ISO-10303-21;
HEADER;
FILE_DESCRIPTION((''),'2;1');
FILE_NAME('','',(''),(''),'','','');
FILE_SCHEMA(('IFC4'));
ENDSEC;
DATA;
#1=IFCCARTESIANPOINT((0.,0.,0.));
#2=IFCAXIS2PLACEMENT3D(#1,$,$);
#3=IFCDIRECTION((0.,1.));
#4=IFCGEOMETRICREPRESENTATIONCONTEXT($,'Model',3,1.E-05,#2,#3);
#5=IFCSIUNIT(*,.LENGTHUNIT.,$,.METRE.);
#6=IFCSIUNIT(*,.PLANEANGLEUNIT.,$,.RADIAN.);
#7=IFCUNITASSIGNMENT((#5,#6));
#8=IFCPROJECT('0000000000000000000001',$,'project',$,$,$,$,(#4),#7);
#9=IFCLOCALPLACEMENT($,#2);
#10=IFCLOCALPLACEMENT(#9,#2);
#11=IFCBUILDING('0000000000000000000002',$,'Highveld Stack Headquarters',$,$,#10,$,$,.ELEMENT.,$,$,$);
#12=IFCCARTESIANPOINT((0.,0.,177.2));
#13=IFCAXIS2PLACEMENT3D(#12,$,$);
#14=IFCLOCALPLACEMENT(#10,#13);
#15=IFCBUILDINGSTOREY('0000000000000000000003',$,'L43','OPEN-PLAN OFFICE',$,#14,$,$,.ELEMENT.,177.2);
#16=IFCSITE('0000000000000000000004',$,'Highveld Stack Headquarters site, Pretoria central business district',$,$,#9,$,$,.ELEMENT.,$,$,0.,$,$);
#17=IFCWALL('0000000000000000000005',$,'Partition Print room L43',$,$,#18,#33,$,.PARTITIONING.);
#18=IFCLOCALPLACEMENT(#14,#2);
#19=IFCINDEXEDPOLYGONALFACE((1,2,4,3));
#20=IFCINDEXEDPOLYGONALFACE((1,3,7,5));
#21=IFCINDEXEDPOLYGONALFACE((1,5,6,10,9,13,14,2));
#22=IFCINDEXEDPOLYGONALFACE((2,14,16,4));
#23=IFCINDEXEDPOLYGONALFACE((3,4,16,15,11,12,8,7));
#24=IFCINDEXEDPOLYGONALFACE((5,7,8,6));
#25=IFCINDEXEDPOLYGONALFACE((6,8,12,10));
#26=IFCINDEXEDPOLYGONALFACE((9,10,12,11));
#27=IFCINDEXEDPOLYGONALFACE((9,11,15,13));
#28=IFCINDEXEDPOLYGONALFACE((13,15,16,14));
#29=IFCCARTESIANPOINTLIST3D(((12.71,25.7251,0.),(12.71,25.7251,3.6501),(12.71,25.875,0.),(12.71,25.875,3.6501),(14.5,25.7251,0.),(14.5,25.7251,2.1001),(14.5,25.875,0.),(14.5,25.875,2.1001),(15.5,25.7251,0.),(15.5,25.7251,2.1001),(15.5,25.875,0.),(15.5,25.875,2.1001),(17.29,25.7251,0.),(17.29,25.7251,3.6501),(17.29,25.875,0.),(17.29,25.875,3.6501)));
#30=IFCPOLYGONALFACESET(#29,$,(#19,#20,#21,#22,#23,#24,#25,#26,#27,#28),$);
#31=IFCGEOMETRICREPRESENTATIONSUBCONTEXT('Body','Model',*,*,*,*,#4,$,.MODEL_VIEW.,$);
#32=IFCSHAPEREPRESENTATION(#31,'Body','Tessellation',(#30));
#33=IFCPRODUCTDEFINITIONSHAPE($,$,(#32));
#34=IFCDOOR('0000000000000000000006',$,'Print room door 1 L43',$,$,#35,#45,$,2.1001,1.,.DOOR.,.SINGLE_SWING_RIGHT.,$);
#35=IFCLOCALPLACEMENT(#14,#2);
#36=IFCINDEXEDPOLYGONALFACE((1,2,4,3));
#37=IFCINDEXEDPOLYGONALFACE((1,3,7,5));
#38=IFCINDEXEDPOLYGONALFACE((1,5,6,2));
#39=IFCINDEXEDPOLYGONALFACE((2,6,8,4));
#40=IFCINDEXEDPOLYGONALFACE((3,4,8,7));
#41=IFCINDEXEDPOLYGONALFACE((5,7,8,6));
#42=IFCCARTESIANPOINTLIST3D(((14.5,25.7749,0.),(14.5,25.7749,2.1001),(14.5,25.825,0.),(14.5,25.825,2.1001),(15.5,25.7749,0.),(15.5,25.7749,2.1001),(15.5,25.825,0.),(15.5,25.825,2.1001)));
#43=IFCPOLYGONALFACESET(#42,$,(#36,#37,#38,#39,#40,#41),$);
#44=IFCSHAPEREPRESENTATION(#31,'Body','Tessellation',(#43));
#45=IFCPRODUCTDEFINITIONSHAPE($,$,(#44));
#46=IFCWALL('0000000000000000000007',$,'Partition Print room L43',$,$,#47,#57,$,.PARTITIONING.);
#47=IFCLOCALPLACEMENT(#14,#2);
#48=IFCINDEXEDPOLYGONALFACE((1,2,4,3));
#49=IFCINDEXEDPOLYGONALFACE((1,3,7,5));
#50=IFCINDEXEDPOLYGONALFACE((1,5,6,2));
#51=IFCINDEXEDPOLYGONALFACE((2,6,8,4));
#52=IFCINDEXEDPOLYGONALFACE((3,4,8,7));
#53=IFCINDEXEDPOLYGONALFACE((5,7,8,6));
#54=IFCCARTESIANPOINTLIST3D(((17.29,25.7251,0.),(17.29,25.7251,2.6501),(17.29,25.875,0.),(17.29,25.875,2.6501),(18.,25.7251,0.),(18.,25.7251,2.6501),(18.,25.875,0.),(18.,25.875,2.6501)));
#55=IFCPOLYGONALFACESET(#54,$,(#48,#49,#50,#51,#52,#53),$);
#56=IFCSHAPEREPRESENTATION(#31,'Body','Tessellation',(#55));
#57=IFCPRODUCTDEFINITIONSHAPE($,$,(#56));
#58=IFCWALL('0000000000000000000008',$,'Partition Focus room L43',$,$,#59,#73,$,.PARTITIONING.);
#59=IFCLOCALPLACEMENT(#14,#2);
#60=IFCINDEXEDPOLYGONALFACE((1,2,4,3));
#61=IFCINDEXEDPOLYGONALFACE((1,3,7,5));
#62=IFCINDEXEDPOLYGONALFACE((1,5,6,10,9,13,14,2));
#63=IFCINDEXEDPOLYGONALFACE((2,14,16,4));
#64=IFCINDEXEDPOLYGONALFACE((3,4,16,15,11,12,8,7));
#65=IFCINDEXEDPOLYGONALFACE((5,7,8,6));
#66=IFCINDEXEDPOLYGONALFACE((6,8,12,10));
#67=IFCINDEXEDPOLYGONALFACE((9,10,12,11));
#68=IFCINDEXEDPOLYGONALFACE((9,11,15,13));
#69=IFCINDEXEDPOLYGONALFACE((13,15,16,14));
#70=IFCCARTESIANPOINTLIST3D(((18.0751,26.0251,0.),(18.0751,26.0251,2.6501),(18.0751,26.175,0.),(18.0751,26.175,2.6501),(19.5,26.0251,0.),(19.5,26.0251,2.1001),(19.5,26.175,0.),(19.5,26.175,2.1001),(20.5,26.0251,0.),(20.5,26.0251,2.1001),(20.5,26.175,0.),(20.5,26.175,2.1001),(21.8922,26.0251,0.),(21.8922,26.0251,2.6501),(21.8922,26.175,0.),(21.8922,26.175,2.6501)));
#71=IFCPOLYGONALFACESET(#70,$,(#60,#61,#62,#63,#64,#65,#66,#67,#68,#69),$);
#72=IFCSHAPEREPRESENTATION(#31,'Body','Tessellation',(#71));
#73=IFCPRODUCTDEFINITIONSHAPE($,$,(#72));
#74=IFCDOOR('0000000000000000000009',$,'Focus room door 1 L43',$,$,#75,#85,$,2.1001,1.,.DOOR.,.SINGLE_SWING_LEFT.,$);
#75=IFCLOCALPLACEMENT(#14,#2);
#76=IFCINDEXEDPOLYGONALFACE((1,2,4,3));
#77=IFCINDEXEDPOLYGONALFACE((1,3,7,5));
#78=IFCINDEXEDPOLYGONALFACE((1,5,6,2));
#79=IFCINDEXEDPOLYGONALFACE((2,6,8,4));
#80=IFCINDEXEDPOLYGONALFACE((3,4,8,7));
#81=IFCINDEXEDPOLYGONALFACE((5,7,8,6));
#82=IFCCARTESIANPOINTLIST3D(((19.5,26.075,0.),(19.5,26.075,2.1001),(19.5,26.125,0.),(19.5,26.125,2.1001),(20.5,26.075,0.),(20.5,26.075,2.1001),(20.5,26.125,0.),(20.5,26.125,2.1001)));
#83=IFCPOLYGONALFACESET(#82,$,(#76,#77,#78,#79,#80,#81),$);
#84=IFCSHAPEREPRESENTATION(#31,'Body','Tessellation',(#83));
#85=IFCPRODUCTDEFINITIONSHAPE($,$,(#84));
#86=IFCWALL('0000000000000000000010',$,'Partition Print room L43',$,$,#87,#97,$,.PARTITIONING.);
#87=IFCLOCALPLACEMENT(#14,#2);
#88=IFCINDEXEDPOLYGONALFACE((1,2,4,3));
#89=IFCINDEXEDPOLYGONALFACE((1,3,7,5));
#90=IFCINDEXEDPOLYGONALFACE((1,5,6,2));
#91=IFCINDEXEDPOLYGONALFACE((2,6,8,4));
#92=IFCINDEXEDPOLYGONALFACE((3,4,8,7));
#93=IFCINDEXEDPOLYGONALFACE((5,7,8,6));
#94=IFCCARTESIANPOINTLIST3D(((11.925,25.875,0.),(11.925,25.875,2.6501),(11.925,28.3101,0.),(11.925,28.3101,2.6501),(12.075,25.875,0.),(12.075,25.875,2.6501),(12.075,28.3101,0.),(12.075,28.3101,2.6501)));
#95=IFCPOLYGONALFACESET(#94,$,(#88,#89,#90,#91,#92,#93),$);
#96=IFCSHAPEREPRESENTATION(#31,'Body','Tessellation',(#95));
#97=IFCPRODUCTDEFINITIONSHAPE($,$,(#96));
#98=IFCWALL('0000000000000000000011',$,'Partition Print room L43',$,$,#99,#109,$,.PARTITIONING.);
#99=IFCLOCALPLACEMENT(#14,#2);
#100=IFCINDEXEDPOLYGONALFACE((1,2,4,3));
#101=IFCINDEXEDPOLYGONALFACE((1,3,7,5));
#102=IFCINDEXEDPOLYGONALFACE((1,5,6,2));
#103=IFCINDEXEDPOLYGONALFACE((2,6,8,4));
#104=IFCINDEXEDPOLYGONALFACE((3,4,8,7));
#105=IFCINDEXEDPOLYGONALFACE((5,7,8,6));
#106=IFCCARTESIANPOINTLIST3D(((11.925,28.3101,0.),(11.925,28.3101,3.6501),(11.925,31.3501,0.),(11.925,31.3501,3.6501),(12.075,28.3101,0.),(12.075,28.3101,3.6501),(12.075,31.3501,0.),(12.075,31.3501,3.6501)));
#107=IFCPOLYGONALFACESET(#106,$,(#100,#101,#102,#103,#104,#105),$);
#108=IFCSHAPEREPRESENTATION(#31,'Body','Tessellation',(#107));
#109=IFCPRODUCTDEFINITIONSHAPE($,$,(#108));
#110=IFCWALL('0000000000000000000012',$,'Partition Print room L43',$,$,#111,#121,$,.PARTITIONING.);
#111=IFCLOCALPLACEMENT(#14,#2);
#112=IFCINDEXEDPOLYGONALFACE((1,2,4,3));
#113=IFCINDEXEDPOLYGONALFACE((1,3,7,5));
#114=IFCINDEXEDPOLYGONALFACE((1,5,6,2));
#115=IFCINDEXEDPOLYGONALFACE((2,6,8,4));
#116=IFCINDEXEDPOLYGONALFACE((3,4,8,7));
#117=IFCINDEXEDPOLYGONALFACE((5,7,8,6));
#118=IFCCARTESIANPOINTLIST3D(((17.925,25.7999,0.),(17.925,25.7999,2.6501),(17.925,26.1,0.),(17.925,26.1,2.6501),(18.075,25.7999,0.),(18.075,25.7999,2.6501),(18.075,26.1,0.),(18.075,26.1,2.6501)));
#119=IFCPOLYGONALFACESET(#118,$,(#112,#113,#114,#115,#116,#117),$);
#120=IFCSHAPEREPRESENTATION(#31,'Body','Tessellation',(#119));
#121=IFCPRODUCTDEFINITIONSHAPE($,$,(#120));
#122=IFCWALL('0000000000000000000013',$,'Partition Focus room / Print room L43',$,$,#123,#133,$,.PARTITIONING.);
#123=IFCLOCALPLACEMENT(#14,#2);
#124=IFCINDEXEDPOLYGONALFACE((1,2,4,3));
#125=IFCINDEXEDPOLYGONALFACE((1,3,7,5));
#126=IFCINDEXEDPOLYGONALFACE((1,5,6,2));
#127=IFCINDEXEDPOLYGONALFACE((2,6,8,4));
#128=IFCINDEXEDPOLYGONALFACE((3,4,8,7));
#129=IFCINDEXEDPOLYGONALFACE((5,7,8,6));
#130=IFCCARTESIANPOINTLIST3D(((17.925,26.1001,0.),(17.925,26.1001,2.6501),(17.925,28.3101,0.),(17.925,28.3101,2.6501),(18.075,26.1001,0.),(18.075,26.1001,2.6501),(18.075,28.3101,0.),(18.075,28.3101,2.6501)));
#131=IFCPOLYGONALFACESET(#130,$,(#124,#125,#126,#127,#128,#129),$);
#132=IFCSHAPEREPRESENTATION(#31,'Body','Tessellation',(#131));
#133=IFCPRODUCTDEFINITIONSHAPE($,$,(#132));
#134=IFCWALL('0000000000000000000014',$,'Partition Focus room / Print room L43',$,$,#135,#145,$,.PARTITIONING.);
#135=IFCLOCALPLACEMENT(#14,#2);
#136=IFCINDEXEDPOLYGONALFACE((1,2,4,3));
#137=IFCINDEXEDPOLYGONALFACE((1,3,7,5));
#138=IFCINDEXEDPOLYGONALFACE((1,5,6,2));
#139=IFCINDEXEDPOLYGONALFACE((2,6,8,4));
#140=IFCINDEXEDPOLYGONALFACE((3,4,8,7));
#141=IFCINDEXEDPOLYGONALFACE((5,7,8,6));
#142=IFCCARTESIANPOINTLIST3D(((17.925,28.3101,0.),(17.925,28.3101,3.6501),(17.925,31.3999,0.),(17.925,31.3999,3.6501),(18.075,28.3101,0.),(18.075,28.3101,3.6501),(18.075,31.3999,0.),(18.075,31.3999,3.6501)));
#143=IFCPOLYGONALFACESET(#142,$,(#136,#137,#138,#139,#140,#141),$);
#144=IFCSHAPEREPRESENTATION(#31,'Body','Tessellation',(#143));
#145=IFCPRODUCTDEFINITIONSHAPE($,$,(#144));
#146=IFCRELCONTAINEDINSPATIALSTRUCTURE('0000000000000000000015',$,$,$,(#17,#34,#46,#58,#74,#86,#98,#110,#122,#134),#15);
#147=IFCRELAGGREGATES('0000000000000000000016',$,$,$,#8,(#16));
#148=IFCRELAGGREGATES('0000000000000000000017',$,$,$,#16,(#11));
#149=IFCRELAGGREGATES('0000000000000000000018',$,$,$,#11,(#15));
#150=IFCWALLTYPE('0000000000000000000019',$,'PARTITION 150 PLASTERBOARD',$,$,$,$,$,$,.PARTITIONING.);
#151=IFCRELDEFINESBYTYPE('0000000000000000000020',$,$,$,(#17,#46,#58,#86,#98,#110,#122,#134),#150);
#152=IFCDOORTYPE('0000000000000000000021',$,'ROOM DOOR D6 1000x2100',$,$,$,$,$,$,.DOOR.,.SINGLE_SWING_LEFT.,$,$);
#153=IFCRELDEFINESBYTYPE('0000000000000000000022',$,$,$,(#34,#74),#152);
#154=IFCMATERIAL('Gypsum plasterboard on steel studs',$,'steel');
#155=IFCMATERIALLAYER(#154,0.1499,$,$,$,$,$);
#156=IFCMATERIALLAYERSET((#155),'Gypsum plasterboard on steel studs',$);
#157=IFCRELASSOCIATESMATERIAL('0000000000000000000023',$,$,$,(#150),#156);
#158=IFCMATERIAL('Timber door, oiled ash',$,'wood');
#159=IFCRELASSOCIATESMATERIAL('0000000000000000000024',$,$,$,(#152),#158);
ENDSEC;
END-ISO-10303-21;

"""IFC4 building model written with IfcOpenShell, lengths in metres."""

from ifc_helpers import new_model, si_unit, direction, frame, frame_2d, origin, place, context, subcontext, project, spatial, rectangle, extrude, material, layer, layer_set, type_object, element, fill, save


model = new_model("IFC4")

# Units and contexts
model_context = context("Model", 3, precision=1e-05, world=origin(), true_north=direction((0.0, 1.0)))
body_context = subcontext(model_context, "Body", "Model", "MODEL_VIEW")
ifc_project = project(units=[si_unit("LENGTHUNIT", "METRE"), si_unit("PLANEANGLEUNIT", "RADIAN")], contexts=[model_context])

# Site, building, storey
site_placement = place(None, origin())
site = spatial("IfcSite", under=ifc_project, at=site_placement, Name="Highveld Stack Headquarters site, Pretoria central business district", CompositionType="ELEMENT", RefElevation=0.0)
building_placement = place(site_placement, origin())
building = spatial("IfcBuilding", under=site, at=building_placement, Name="Highveld Stack Headquarters", CompositionType="ELEMENT")
storey_placement = place(building_placement, frame((0.0, 0.0, 177.2)))
storey = spatial("IfcBuildingStorey", under=building, at=storey_placement, Name="L43", Description="OPEN-PLAN OFFICE", CompositionType="ELEMENT", Elevation=177.2)

# Shared definitions
ifc_material_1 = material(Name="Gypsum plasterboard on steel studs", Category="steel")
ifc_layer_1 = layer(ifc_material_1, 0.1499)
ifc_layer_set_1 = layer_set([ifc_layer_1], Name="Gypsum plasterboard on steel studs")
wall_type = type_object("IfcWallType", Name="PARTITION 150 PLASTERBOARD", PredefinedType="PARTITIONING", material=ifc_layer_set_1)

# Wall, opening, door
wall_1_placement = place(storey_placement, frame((12.71, 25.8, 0.0), z_axis=(0.0, 0.0, 1.0), x_axis=(1.0, 0.0, 0.0)))
wall_1 = element("IfcWall", 1, at=wall_1_placement, inside=storey, type_object=wall_type, Name="Partition Print room L43", PredefinedType="PARTITIONING", context=body_context, shape_type="SweptSolid", body=[
    extrude(rectangle(XDim=4.5801, YDim=0.1499, at=frame_2d((2.29, 0.0))), origin(), (0.0, 0.0, 1.0), 3.6501),
])
opening_1_placement = place(wall_1_placement, frame((1.79, 0.0, 0.0)))
opening_1 = element("IfcOpeningElement", 2, at=opening_1_placement, cuts=wall_1, PredefinedType="OPENING", context=body_context, shape_type="SweptSolid", body=[
    extrude(rectangle(XDim=1.0, YDim=2.1001, at=frame_2d((0.5, 1.05))), frame((0.0, 0.085, 0.0), z_axis=(0.0, -1.0, 0.0), x_axis=(1.0, 0.0, 0.0)), (0.0, 0.0, 1.0), 0.1699),
])
ifc_material_2 = material(Name="Timber door, oiled ash", Category="wood")
door_type = type_object("IfcDoorType", Name="ROOM DOOR D6 1000x2100", OperationType="SINGLE_SWING_LEFT", PredefinedType="DOOR", material=ifc_material_2)
door_1_placement = place(opening_1_placement, origin())
door_1 = element("IfcDoor", 3, at=door_1_placement, inside=storey, type_object=door_type, Name="Print room door 1 L43", OperationType="SINGLE_SWING_RIGHT", OverallHeight=2.1001, OverallWidth=1.0, PredefinedType="DOOR", context=body_context, shape_type="SweptSolid", body=[
    extrude(rectangle(XDim=1.0, YDim=2.1001, at=frame_2d((0.5, 1.05))), frame((0.0, 0.0249, 0.0), z_axis=(0.0, -1.0, 0.0), x_axis=(1.0, 0.0, 0.0)), (0.0, 0.0, 1.0), 0.05),
])
fill(opening_1, door_1)

# Wall
wall_2_placement = place(storey_placement, frame((17.29, 25.8, 0.0), z_axis=(0.0, 0.0, 1.0), x_axis=(1.0, 0.0, 0.0)))
element("IfcWall", 4, at=wall_2_placement, inside=storey, type_object=wall_type, Name="Partition Print room L43", PredefinedType="PARTITIONING", context=body_context, shape_type="SweptSolid", body=[
    extrude(rectangle(XDim=0.71, YDim=0.1499, at=frame_2d((0.355, 0.0))), origin(), (0.0, 0.0, 1.0), 2.6501),
])

# Wall, opening, door
wall_3_placement = place(storey_placement, frame((18.075, 26.1001, 0.0), z_axis=(0.0, 0.0, 1.0), x_axis=(1.0, 0.0, 0.0)))
wall_3 = element("IfcWall", 5, at=wall_3_placement, inside=storey, type_object=wall_type, Name="Partition Focus room L43", PredefinedType="PARTITIONING", context=body_context, shape_type="SweptSolid", body=[
    extrude(rectangle(XDim=3.8171, YDim=0.1499, at=frame_2d((1.9087, 0.0))), origin(), (0.0, 0.0, 1.0), 2.6501),
])
opening_2_placement = place(wall_3_placement, frame((1.425, 0.0, 0.0)))
opening_2 = element("IfcOpeningElement", 6, at=opening_2_placement, cuts=wall_3, PredefinedType="OPENING", context=body_context, shape_type="SweptSolid", body=[
    extrude(rectangle(XDim=1.0, YDim=2.1001, at=frame_2d((0.5, 1.05))), frame((0.0, 0.085, 0.0), z_axis=(0.0, -1.0, 0.0), x_axis=(1.0, 0.0, 0.0)), (0.0, 0.0, 1.0), 0.1699),
])
door_2_placement = place(opening_2_placement, origin())
door_2 = element("IfcDoor", 7, at=door_2_placement, inside=storey, type_object=door_type, Name="Focus room door 1 L43", OperationType="SINGLE_SWING_LEFT", OverallHeight=2.1001, OverallWidth=1.0, PredefinedType="DOOR", context=body_context, shape_type="SweptSolid", body=[
    extrude(rectangle(XDim=1.0, YDim=2.1001, at=frame_2d((0.5, 1.05))), frame((0.0, 0.0249, 0.0), z_axis=(0.0, -1.0, 0.0), x_axis=(1.0, 0.0, 0.0)), (0.0, 0.0, 1.0), 0.05),
])
fill(opening_2, door_2)

# Walls
wall_4_placement = place(storey_placement, frame((12.0, 25.875, 0.0), z_axis=(0.0, 0.0, 1.0), x_axis=(0.0, 1.0, 0.0)))
element("IfcWall", 8, at=wall_4_placement, inside=storey, type_object=wall_type, Name="Partition Print room L43", PredefinedType="PARTITIONING", context=body_context, shape_type="SweptSolid", body=[
    extrude(rectangle(XDim=2.4351, YDim=0.1499, at=frame_2d((1.2175, 0.0))), origin(), (0.0, 0.0, 1.0), 2.6501),
])
wall_5_placement = place(storey_placement, frame((12.0, 28.3101, 0.0), z_axis=(0.0, 0.0, 1.0), x_axis=(0.0, 1.0, 0.0)))
element("IfcWall", 9, at=wall_5_placement, inside=storey, type_object=wall_type, Name="Partition Print room L43", PredefinedType="PARTITIONING", context=body_context, shape_type="SweptSolid", body=[
    extrude(rectangle(XDim=3.04, YDim=0.1499, at=frame_2d((1.52, 0.0))), origin(), (0.0, 0.0, 1.0), 3.6501),
])
wall_6_placement = place(storey_placement, frame((18.0, 25.8, 0.0), z_axis=(0.0, 0.0, 1.0), x_axis=(0.0, 1.0, 0.0)))
element("IfcWall", 10, at=wall_6_placement, inside=storey, type_object=wall_type, Name="Partition Print room L43", PredefinedType="PARTITIONING", context=body_context, shape_type="SweptSolid", body=[
    extrude(rectangle(XDim=0.3, YDim=0.1499, at=frame_2d((0.1499, 0.0))), origin(), (0.0, 0.0, 1.0), 2.6501),
])
wall_7_placement = place(storey_placement, frame((18.0, 26.1001, 0.0), z_axis=(0.0, 0.0, 1.0), x_axis=(0.0, 1.0, 0.0)))
element("IfcWall", 11, at=wall_7_placement, inside=storey, type_object=wall_type, Name="Partition Focus room / Print room L43", PredefinedType="PARTITIONING", context=body_context, shape_type="SweptSolid", body=[
    extrude(rectangle(XDim=2.21, YDim=0.1499, at=frame_2d((1.105, 0.0))), origin(), (0.0, 0.0, 1.0), 2.6501),
])
wall_8_placement = place(storey_placement, frame((18.0, 28.3101, 0.0), z_axis=(0.0, 0.0, 1.0), x_axis=(0.0, 1.0, 0.0)))
element("IfcWall", 12, at=wall_8_placement, inside=storey, type_object=wall_type, Name="Partition Focus room / Print room L43", PredefinedType="PARTITIONING", context=body_context, shape_type="SweptSolid", body=[
    extrude(rectangle(XDim=3.0898, YDim=0.1499, at=frame_2d((1.5449, 0.0))), origin(), (0.0, 0.0, 1.0), 3.6501),
])

save(model, "model.ifc")
